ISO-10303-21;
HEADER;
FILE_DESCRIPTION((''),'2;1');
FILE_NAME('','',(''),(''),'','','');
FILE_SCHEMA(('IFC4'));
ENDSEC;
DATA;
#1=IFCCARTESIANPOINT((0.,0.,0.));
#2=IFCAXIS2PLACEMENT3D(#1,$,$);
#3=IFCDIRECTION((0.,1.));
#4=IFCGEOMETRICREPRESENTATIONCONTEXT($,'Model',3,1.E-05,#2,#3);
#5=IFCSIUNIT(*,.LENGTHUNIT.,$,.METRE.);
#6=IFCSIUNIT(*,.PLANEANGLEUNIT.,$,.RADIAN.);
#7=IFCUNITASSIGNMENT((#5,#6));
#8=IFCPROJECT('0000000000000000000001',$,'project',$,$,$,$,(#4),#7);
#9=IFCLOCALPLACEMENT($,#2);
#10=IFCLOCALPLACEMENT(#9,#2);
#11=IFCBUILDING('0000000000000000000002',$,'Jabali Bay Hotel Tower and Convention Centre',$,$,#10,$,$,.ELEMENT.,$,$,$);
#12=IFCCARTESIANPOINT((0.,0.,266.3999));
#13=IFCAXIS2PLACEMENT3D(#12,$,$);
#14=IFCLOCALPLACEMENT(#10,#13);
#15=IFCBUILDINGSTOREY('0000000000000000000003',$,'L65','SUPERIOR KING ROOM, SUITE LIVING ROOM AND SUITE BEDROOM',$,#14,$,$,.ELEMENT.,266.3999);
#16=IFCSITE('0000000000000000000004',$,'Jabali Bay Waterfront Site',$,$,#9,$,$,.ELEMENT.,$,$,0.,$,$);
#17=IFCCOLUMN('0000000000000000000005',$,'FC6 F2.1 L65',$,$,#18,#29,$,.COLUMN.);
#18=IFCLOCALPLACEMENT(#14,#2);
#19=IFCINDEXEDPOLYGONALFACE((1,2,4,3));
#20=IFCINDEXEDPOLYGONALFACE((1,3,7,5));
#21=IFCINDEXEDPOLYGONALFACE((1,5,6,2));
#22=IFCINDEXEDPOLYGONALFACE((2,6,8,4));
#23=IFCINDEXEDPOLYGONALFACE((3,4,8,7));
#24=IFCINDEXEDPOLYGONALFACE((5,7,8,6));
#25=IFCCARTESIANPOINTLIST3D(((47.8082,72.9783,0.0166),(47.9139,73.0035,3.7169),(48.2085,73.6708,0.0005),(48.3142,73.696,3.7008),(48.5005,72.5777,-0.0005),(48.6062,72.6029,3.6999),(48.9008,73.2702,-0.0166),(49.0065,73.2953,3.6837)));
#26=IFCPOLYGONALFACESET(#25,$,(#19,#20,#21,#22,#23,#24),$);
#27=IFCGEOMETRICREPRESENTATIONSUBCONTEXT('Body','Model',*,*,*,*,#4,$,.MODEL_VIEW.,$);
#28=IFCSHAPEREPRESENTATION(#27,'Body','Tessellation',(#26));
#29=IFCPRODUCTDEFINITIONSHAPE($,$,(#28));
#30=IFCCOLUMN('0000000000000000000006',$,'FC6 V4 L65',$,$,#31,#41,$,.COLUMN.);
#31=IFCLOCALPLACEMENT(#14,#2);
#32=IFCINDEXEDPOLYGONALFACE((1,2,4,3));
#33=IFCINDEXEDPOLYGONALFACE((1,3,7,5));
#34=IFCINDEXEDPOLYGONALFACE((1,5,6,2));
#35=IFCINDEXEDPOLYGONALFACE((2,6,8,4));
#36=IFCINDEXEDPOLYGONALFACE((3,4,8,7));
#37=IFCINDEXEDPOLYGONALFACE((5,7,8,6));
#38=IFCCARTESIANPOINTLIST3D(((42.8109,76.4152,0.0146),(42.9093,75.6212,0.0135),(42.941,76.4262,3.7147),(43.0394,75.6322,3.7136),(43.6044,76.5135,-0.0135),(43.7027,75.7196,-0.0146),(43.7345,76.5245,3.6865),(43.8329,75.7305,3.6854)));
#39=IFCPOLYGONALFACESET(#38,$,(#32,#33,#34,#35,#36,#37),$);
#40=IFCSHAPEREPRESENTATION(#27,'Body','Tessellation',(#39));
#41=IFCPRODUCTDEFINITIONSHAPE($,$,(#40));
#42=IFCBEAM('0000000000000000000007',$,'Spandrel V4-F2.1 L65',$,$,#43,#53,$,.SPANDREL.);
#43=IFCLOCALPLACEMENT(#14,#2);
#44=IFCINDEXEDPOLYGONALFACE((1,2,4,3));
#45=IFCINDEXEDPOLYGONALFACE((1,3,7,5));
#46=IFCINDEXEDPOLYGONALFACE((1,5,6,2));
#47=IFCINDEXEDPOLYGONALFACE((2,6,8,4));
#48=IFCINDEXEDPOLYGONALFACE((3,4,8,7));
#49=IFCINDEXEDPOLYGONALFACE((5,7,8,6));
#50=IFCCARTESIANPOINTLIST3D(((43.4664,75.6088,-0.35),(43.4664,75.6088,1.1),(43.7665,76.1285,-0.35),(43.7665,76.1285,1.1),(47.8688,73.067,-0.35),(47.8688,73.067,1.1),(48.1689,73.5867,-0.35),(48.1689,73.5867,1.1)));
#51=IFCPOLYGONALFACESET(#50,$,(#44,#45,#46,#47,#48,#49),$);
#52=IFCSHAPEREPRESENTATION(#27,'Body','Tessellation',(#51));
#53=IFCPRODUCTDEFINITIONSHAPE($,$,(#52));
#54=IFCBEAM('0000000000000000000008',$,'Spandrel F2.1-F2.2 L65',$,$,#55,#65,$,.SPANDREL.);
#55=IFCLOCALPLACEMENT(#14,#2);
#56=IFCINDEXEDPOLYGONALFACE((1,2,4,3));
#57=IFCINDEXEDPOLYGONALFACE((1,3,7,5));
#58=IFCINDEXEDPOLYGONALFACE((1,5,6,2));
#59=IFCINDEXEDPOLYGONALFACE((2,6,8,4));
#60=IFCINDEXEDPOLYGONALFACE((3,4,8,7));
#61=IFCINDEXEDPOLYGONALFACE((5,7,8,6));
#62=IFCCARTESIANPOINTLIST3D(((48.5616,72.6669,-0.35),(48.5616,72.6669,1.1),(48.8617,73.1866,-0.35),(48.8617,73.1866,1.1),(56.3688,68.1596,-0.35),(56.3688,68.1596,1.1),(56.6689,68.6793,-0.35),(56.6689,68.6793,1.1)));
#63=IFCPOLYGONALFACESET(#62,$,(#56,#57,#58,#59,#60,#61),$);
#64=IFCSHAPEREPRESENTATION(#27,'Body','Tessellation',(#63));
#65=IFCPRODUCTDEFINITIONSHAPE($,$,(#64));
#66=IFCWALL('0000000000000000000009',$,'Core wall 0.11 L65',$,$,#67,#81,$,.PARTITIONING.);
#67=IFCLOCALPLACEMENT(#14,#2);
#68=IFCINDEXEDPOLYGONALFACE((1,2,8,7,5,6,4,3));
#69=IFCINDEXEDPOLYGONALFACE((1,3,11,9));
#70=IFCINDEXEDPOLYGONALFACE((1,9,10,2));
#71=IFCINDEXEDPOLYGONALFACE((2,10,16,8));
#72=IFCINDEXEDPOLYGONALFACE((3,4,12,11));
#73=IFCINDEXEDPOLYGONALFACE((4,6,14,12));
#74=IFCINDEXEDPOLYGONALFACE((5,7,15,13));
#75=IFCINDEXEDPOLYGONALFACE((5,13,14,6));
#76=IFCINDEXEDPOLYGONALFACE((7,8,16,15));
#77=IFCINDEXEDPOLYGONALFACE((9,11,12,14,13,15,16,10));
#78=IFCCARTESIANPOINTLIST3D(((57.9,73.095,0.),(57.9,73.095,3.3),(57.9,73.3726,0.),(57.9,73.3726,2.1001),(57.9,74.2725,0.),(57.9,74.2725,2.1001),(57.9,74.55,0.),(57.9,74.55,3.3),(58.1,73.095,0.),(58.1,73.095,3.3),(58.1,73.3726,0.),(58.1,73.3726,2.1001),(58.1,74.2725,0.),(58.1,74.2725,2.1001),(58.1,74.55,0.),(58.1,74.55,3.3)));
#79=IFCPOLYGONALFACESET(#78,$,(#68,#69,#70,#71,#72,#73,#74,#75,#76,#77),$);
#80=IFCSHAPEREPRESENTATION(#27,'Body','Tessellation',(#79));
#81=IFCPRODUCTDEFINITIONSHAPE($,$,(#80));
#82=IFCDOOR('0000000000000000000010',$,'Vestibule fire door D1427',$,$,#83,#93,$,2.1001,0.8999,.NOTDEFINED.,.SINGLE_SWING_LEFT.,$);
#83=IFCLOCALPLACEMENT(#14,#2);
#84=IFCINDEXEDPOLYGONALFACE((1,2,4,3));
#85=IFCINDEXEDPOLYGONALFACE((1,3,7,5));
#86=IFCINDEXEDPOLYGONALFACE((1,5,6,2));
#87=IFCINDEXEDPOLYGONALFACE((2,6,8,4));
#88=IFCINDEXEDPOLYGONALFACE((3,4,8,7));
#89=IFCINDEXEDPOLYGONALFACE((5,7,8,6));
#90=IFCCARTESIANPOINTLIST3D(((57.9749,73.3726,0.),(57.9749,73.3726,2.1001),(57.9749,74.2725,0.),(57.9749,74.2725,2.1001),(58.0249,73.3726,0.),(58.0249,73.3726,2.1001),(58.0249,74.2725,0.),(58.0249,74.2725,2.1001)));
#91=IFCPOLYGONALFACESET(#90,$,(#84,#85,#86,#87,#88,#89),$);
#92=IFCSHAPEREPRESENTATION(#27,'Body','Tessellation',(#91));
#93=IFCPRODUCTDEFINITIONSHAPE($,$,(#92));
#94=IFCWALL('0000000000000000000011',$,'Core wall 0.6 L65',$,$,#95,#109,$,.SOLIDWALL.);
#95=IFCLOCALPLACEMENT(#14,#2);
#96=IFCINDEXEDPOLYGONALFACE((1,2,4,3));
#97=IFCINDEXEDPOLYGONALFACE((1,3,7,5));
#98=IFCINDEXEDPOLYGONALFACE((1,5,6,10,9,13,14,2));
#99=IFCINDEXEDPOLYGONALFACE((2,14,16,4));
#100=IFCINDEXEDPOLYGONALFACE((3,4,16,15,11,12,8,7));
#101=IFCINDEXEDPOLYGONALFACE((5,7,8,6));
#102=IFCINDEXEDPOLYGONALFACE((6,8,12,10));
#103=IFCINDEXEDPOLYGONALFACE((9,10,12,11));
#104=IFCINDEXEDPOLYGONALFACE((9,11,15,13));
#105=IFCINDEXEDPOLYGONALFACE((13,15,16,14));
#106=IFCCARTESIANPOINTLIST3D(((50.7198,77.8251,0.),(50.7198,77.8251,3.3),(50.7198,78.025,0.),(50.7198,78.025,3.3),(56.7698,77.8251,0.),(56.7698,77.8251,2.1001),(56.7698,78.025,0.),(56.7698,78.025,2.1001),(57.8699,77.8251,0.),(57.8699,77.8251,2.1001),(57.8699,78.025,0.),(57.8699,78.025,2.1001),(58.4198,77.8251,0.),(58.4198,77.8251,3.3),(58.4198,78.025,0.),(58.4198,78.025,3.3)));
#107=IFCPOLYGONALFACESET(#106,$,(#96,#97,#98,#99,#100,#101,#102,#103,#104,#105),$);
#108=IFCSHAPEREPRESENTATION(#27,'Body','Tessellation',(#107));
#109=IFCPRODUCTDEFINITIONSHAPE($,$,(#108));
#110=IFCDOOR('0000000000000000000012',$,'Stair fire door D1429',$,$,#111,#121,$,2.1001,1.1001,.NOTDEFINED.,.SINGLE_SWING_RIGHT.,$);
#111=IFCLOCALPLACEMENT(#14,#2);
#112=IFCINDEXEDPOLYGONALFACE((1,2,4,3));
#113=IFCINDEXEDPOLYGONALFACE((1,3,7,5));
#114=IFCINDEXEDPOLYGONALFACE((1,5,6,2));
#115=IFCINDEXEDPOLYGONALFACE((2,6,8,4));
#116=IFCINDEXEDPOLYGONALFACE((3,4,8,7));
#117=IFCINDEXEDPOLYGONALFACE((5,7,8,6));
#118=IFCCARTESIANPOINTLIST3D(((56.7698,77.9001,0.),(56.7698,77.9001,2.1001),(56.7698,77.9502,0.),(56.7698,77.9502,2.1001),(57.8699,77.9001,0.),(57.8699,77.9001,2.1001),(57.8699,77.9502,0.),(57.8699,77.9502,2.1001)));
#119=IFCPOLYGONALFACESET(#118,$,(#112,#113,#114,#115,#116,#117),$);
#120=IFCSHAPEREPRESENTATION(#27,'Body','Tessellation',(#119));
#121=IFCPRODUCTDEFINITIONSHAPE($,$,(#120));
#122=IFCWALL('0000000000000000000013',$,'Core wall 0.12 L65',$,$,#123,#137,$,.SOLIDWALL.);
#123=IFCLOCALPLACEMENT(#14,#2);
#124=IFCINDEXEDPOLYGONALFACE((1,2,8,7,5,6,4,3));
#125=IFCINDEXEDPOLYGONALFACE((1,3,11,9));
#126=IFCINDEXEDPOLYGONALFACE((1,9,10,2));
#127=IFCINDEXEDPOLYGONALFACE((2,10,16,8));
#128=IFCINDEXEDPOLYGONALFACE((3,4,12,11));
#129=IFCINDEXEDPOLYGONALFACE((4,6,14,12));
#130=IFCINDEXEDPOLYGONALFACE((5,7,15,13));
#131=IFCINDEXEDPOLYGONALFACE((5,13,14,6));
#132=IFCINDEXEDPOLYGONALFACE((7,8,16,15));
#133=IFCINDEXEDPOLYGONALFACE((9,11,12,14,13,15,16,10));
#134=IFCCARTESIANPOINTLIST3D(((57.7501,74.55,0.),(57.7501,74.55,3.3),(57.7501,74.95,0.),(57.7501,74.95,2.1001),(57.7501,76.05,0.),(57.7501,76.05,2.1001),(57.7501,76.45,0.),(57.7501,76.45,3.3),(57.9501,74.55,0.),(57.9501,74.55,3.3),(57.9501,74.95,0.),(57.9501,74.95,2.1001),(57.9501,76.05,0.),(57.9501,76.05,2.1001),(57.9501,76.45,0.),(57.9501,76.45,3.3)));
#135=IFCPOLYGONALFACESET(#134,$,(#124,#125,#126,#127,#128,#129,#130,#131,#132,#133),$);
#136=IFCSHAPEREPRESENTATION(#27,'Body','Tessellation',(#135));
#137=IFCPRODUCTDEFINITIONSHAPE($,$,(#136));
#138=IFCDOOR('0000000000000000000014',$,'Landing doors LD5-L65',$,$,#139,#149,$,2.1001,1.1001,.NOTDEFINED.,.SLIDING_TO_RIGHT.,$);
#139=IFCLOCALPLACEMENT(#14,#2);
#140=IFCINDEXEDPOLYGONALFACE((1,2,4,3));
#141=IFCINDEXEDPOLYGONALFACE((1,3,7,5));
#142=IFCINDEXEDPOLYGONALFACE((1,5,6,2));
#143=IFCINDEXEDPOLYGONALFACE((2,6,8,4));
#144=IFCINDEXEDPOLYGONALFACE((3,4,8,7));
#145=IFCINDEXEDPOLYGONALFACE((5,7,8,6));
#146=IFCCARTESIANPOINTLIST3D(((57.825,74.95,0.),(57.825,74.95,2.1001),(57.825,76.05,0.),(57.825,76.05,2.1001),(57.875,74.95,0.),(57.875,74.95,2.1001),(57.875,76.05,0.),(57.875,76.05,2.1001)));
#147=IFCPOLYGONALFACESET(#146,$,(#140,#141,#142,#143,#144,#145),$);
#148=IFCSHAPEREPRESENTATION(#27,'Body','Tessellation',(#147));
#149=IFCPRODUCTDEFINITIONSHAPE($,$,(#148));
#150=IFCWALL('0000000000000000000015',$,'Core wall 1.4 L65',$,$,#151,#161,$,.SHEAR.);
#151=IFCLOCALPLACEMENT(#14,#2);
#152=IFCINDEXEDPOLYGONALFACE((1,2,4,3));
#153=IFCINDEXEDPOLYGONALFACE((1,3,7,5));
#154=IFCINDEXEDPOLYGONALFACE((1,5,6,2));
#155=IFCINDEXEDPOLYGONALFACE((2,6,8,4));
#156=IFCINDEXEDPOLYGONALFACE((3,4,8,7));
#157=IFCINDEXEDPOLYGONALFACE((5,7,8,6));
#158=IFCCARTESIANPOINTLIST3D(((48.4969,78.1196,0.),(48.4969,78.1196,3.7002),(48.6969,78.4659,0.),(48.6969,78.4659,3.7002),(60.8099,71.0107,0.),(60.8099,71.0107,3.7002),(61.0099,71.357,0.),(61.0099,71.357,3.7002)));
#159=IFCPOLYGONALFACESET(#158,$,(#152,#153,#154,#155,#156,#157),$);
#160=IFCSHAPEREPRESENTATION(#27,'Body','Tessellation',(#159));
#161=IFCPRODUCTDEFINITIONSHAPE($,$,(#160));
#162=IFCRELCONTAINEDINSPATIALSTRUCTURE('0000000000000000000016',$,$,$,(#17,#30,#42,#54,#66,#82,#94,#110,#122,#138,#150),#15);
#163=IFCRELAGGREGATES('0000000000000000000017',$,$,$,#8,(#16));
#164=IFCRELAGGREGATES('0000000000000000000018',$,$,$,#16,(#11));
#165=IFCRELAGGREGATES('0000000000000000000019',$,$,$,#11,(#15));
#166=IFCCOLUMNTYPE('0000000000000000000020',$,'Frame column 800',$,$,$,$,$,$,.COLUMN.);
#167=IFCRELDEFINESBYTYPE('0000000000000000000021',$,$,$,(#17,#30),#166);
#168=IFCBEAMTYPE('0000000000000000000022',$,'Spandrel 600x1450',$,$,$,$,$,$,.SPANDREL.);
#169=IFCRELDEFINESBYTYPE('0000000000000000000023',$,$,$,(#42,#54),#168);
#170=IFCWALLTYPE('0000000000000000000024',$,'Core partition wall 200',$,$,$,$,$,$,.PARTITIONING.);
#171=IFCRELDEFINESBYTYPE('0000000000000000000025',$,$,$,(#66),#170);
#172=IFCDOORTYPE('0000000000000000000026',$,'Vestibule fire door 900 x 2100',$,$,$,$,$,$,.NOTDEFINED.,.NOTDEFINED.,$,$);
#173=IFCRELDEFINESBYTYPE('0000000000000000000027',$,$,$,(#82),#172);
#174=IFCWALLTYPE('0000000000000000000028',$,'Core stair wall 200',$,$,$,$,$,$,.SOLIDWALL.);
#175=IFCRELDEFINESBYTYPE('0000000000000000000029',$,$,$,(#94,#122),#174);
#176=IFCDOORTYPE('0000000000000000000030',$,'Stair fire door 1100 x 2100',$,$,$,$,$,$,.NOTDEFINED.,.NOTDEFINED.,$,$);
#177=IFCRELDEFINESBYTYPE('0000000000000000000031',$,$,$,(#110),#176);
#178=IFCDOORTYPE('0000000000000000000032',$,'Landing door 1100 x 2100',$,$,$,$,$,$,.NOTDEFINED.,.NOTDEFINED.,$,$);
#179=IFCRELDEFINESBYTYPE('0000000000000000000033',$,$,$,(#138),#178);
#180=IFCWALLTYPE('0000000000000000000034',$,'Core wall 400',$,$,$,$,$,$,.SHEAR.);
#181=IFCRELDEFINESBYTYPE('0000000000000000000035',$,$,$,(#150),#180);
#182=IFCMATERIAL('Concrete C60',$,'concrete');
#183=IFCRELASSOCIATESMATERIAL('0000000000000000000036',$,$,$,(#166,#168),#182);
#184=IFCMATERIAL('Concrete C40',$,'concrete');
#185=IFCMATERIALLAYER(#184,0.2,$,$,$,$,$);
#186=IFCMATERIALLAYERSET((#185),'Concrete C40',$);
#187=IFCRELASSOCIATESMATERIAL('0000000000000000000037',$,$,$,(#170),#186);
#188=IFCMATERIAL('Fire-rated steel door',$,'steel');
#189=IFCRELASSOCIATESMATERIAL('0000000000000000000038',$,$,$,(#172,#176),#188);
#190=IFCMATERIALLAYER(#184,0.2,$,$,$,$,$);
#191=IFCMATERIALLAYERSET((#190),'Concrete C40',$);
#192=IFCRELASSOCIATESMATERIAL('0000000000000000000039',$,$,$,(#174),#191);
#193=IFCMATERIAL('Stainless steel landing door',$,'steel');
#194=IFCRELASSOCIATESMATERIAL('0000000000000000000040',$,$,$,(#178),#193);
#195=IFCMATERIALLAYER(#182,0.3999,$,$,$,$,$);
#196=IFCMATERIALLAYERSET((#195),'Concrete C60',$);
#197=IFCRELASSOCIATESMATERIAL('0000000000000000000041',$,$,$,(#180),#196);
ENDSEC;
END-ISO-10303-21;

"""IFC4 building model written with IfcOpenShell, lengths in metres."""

from ifc_helpers import new_model, si_unit, direction, frame, frame_2d, origin, origin_2d, place, context, subcontext, project, spatial, rectangle, extrude, material, layer, layer_set, material_profile, profile_set, type_object, element, fill, save


model = new_model("IFC4")

# Units and contexts
model_context = context("Model", 3, precision=1e-05, world=origin(), true_north=direction((0.0, 1.0)))
body_context = subcontext(model_context, "Body", "Model", "MODEL_VIEW")
ifc_project = project(units=[si_unit("LENGTHUNIT", "METRE"), si_unit("PLANEANGLEUNIT", "RADIAN")], contexts=[model_context])

# Site, building, storey
site_placement = place(None, origin())
site = spatial("IfcSite", under=ifc_project, at=site_placement, Name="Jabali Bay Waterfront Site", CompositionType="ELEMENT", RefElevation=0.0)
building_placement = place(site_placement, origin())
building = spatial("IfcBuilding", under=site, at=building_placement, Name="Jabali Bay Hotel Tower and Convention Centre", CompositionType="ELEMENT")
storey_placement = place(building_placement, frame((0.0, 0.0, 266.3999)))
storey = spatial("IfcBuildingStorey", under=building, at=storey_placement, Name="L65", Description="SUPERIOR KING ROOM, SUITE LIVING ROOM AND SUITE BEDROOM", CompositionType="ELEMENT", Elevation=266.3999)

# Columns
ifc_material_1 = material(Name="Concrete C60", Category="concrete")
ifc_material_profile_1 = material_profile(ifc_material_1, rectangle(XDim=0.8, YDim=0.8, at=origin_2d()), Name="Frame column 800")
ifc_profile_set_1 = profile_set([ifc_material_profile_1], Name="Concrete C60")
column_type = type_object("IfcColumnType", Name="Frame column 800", PredefinedType="COLUMN", material=ifc_profile_set_1)
column_1_placement = place(storey_placement, frame((48.3545, 73.1243, 0.0), z_axis=(0.028557, 0.006793, 0.999569), x_axis=(-0.865319, 0.500768, 0.021319)))
element("IfcColumn", 1, at=column_1_placement, inside=storey, type_object=column_type, Name="FC6 F2.1 L65", PredefinedType="COLUMN", context=body_context, shape_type="SweptSolid", body=[
    extrude(rectangle(XDim=0.8, YDim=0.8, at=origin_2d()), origin(), (0.0, 0.0, 1.0), 3.7019),
])
column_2_placement = place(storey_placement, frame((43.2568, 76.0674, 0.0), z_axis=(0.035146, 0.002967, 0.999378), x_axis=(-0.122916, 0.992416, 0.001376)))
element("IfcColumn", 2, at=column_2_placement, inside=storey, type_object=column_type, Name="FC6 V4 L65", PredefinedType="COLUMN", context=body_context, shape_type="SweptSolid", body=[
    extrude(rectangle(XDim=0.8, YDim=0.8, at=origin_2d()), origin(), (0.0, 0.0, 1.0), 3.7024),
])

# Beams
ifc_material_profile_2 = material_profile(ifc_material_1, rectangle(XDim=0.6001, YDim=1.45, at=origin_2d()), Name="Spandrel 600x1450")
ifc_profile_set_2 = profile_set([ifc_material_profile_2], Name="Concrete C60")
beam_type = type_object("IfcBeamType", Name="Spandrel 600x1450", PredefinedType="SPANDREL", material=ifc_profile_set_2)
beam_1_placement = place(storey_placement, frame((43.6165, 75.8687, 0.375), z_axis=(0.866021, -0.500008, 0.0), x_axis=(0.500008, 0.866021, 0.0)))
element("IfcBeam", 3, at=beam_1_placement, inside=storey, type_object=beam_type, Name="Spandrel V4-F2.1 L65", PredefinedType="SPANDREL", context=body_context, shape_type="SweptSolid", body=[
    extrude(rectangle(XDim=0.6001, YDim=1.45, at=origin_2d()), origin(), (0.0, 0.0, 1.0), 5.0835),
])
beam_2_placement = place(storey_placement, frame((48.7117, 72.9268, 0.375), z_axis=(0.866031, -0.49999, 0.0), x_axis=(0.49999, 0.866031, 0.0)))
element("IfcBeam", 4, at=beam_2_placement, inside=storey, type_object=beam_type, Name="Spandrel F2.1-F2.2 L65", PredefinedType="SPANDREL", context=body_context, shape_type="SweptSolid", body=[
    extrude(rectangle(XDim=0.6001, YDim=1.45, at=origin_2d()), origin(), (0.0, 0.0, 1.0), 9.0149),
])

# Walls, openings, doors
ifc_material_2 = material(Name="Concrete C40", Category="concrete")
ifc_layer_1 = layer(ifc_material_2, 0.2)
ifc_layer_set_1 = layer_set([ifc_layer_1], Name="Concrete C40")
wall_type_1 = type_object("IfcWallType", Name="Core partition wall 200", PredefinedType="PARTITIONING", material=ifc_layer_set_1)
wall_1_placement = place(storey_placement, frame((58.0, 74.55, 0.0), z_axis=(0.0, 0.0, 1.0), x_axis=(0.0, -1.0, 0.0)))
wall_1 = element("IfcWall", 5, at=wall_1_placement, inside=storey, type_object=wall_type_1, Name="Core wall 0.11 L65", PredefinedType="PARTITIONING", context=body_context, shape_type="SweptSolid", body=[
    extrude(rectangle(XDim=1.4551, YDim=0.2, at=frame_2d((0.7275, 0.0))), origin(), (0.0, 0.0, 1.0), 3.3),
])
opening_1_placement = place(wall_1_placement, frame((0.2776, 0.0, 0.0)))
opening_1 = element("IfcOpeningElement", 6, at=opening_1_placement, cuts=wall_1, PredefinedType="OPENING", context=body_context, shape_type="SweptSolid", body=[
    extrude(rectangle(XDim=0.8999, YDim=2.1001, at=frame_2d((0.45, 1.05))), frame((0.0, 0.1104, 0.0), z_axis=(0.0, -1.0, 0.0), x_axis=(1.0, 0.0, 0.0)), (0.0, 0.0, 1.0), 0.2209),
])
ifc_material_3 = material(Name="Fire-rated steel door", Category="steel")
door_type_1 = type_object("IfcDoorType", Name="Vestibule fire door 900 x 2100", OperationType="NOTDEFINED", PredefinedType="NOTDEFINED", material=ifc_material_3)
door_1_placement = place(opening_1_placement, origin())
door_1 = element("IfcDoor", 7, at=door_1_placement, inside=storey, type_object=door_type_1, Name="Vestibule fire door D1427", OperationType="SINGLE_SWING_LEFT", OverallHeight=2.1001, OverallWidth=0.8999, PredefinedType="NOTDEFINED", context=body_context, shape_type="SweptSolid", body=[
    extrude(rectangle(XDim=0.8999, YDim=2.1001, at=frame_2d((0.45, 1.05))), frame((0.0, 0.0249, 0.0), z_axis=(0.0, -1.0, 0.0), x_axis=(1.0, 0.0, 0.0)), (0.0, 0.0, 1.0), 0.05),
])
fill(opening_1, door_1)
ifc_layer_2 = layer(ifc_material_2, 0.2)
ifc_layer_set_2 = layer_set([ifc_layer_2], Name="Concrete C40")
wall_type_2 = type_object("IfcWallType", Name="Core stair wall 200", PredefinedType="SOLIDWALL", material=ifc_layer_set_2)
wall_2_placement = place(storey_placement, frame((58.4199, 77.925, 0.0), z_axis=(0.0, 0.0, 1.0), x_axis=(-1.0, 0.0, 0.0)))
wall_2 = element("IfcWall", 8, at=wall_2_placement, inside=storey, type_object=wall_type_2, Name="Core wall 0.6 L65", PredefinedType="SOLIDWALL", context=body_context, shape_type="SweptSolid", body=[
    extrude(rectangle(XDim=7.7, YDim=0.2, at=frame_2d((3.8501, 0.0))), origin(), (0.0, 0.0, 1.0), 3.3),
])
opening_2_placement = place(wall_2_placement, frame((0.55, 0.0, 0.0)))
opening_2 = element("IfcOpeningElement", 9, at=opening_2_placement, cuts=wall_2, PredefinedType="OPENING", context=body_context, shape_type="SweptSolid", body=[
    extrude(rectangle(XDim=1.1001, YDim=2.1001, at=frame_2d((0.55, 1.05))), frame((0.0, 0.1104, 0.0), z_axis=(0.0, -1.0, 0.0), x_axis=(1.0, 0.0, 0.0)), (0.0, 0.0, 1.0), 0.2209),
])
door_type_2 = type_object("IfcDoorType", Name="Stair fire door 1100 x 2100", OperationType="NOTDEFINED", PredefinedType="NOTDEFINED", material=ifc_material_3)
door_2_placement = place(opening_2_placement, origin())
door_2 = element("IfcDoor", 10, at=door_2_placement, inside=storey, type_object=door_type_2, Name="Stair fire door D1429", OperationType="SINGLE_SWING_RIGHT", OverallHeight=2.1001, OverallWidth=1.1001, PredefinedType="NOTDEFINED", context=body_context, shape_type="SweptSolid", body=[
    extrude(rectangle(XDim=1.1001, YDim=2.1001, at=frame_2d((0.55, 1.05))), frame((0.0, 0.0249, 0.0), z_axis=(0.0, -1.0, 0.0), x_axis=(1.0, 0.0, 0.0)), (0.0, 0.0, 1.0), 0.05),
])
fill(opening_2, door_2)
wall_3_placement = place(storey_placement, frame((57.8501, 76.45, 0.0), z_axis=(0.0, 0.0, 1.0), x_axis=(0.0, -1.0, 0.0)))
wall_3 = element("IfcWall", 11, at=wall_3_placement, inside=storey, type_object=wall_type_2, Name="Core wall 0.12 L65", PredefinedType="SOLIDWALL", context=body_context, shape_type="SweptSolid", body=[
    extrude(rectangle(XDim=1.8999, YDim=0.2, at=frame_2d((0.95, 0.0))), origin(), (0.0, 0.0, 1.0), 3.3),
])
opening_3_placement = place(wall_3_placement, frame((0.3999, 0.0, 0.0)))
opening_3 = element("IfcOpeningElement", 12, at=opening_3_placement, cuts=wall_3, PredefinedType="OPENING", context=body_context, shape_type="SweptSolid", body=[
    extrude(rectangle(XDim=1.1001, YDim=2.1001, at=frame_2d((0.55, 1.05))), frame((0.0, 0.1104, 0.0), z_axis=(0.0, -1.0, 0.0), x_axis=(1.0, 0.0, 0.0)), (0.0, 0.0, 1.0), 0.2209),
])
ifc_material_4 = material(Name="Stainless steel landing door", Category="steel")
door_type_3 = type_object("IfcDoorType", Name="Landing door 1100 x 2100", OperationType="NOTDEFINED", PredefinedType="NOTDEFINED", material=ifc_material_4)
door_3_placement = place(opening_3_placement, origin())
door_3 = element("IfcDoor", 13, at=door_3_placement, inside=storey, type_object=door_type_3, Name="Landing doors LD5-L65", OperationType="SLIDING_TO_RIGHT", OverallHeight=2.1001, OverallWidth=1.1001, PredefinedType="NOTDEFINED", context=body_context, shape_type="SweptSolid", body=[
    extrude(rectangle(XDim=1.1001, YDim=2.1001, at=frame_2d((0.55, 1.05))), frame((0.0, 0.0249, 0.0), z_axis=(0.0, -1.0, 0.0), x_axis=(1.0, 0.0, 0.0)), (0.0, 0.0, 1.0), 0.05),
])
fill(opening_3, door_3)

# Wall
ifc_layer_3 = layer(ifc_material_1, 0.3999)
ifc_layer_set_3 = layer_set([ifc_layer_3], Name="Concrete C60")
wall_type_3 = type_object("IfcWallType", Name="Core wall 400", PredefinedType="SHEAR", material=ifc_layer_set_3)
wall_4_placement = place(storey_placement, frame((48.5969, 78.2927, 0.0), z_axis=(0.0, 0.0, 1.0), x_axis=(0.866026, -0.499999, 0.0)))
element("IfcWall", 14, at=wall_4_placement, inside=storey, type_object=wall_type_3, Name="Core wall 1.4 L65", PredefinedType="SHEAR", context=body_context, shape_type="SweptSolid", body=[
    extrude(rectangle(XDim=14.2178, YDim=0.3999, at=frame_2d((7.1089, 0.0))), origin(), (0.0, 0.0, 1.0), 3.7002),
])

save(model, "model.ifc")
